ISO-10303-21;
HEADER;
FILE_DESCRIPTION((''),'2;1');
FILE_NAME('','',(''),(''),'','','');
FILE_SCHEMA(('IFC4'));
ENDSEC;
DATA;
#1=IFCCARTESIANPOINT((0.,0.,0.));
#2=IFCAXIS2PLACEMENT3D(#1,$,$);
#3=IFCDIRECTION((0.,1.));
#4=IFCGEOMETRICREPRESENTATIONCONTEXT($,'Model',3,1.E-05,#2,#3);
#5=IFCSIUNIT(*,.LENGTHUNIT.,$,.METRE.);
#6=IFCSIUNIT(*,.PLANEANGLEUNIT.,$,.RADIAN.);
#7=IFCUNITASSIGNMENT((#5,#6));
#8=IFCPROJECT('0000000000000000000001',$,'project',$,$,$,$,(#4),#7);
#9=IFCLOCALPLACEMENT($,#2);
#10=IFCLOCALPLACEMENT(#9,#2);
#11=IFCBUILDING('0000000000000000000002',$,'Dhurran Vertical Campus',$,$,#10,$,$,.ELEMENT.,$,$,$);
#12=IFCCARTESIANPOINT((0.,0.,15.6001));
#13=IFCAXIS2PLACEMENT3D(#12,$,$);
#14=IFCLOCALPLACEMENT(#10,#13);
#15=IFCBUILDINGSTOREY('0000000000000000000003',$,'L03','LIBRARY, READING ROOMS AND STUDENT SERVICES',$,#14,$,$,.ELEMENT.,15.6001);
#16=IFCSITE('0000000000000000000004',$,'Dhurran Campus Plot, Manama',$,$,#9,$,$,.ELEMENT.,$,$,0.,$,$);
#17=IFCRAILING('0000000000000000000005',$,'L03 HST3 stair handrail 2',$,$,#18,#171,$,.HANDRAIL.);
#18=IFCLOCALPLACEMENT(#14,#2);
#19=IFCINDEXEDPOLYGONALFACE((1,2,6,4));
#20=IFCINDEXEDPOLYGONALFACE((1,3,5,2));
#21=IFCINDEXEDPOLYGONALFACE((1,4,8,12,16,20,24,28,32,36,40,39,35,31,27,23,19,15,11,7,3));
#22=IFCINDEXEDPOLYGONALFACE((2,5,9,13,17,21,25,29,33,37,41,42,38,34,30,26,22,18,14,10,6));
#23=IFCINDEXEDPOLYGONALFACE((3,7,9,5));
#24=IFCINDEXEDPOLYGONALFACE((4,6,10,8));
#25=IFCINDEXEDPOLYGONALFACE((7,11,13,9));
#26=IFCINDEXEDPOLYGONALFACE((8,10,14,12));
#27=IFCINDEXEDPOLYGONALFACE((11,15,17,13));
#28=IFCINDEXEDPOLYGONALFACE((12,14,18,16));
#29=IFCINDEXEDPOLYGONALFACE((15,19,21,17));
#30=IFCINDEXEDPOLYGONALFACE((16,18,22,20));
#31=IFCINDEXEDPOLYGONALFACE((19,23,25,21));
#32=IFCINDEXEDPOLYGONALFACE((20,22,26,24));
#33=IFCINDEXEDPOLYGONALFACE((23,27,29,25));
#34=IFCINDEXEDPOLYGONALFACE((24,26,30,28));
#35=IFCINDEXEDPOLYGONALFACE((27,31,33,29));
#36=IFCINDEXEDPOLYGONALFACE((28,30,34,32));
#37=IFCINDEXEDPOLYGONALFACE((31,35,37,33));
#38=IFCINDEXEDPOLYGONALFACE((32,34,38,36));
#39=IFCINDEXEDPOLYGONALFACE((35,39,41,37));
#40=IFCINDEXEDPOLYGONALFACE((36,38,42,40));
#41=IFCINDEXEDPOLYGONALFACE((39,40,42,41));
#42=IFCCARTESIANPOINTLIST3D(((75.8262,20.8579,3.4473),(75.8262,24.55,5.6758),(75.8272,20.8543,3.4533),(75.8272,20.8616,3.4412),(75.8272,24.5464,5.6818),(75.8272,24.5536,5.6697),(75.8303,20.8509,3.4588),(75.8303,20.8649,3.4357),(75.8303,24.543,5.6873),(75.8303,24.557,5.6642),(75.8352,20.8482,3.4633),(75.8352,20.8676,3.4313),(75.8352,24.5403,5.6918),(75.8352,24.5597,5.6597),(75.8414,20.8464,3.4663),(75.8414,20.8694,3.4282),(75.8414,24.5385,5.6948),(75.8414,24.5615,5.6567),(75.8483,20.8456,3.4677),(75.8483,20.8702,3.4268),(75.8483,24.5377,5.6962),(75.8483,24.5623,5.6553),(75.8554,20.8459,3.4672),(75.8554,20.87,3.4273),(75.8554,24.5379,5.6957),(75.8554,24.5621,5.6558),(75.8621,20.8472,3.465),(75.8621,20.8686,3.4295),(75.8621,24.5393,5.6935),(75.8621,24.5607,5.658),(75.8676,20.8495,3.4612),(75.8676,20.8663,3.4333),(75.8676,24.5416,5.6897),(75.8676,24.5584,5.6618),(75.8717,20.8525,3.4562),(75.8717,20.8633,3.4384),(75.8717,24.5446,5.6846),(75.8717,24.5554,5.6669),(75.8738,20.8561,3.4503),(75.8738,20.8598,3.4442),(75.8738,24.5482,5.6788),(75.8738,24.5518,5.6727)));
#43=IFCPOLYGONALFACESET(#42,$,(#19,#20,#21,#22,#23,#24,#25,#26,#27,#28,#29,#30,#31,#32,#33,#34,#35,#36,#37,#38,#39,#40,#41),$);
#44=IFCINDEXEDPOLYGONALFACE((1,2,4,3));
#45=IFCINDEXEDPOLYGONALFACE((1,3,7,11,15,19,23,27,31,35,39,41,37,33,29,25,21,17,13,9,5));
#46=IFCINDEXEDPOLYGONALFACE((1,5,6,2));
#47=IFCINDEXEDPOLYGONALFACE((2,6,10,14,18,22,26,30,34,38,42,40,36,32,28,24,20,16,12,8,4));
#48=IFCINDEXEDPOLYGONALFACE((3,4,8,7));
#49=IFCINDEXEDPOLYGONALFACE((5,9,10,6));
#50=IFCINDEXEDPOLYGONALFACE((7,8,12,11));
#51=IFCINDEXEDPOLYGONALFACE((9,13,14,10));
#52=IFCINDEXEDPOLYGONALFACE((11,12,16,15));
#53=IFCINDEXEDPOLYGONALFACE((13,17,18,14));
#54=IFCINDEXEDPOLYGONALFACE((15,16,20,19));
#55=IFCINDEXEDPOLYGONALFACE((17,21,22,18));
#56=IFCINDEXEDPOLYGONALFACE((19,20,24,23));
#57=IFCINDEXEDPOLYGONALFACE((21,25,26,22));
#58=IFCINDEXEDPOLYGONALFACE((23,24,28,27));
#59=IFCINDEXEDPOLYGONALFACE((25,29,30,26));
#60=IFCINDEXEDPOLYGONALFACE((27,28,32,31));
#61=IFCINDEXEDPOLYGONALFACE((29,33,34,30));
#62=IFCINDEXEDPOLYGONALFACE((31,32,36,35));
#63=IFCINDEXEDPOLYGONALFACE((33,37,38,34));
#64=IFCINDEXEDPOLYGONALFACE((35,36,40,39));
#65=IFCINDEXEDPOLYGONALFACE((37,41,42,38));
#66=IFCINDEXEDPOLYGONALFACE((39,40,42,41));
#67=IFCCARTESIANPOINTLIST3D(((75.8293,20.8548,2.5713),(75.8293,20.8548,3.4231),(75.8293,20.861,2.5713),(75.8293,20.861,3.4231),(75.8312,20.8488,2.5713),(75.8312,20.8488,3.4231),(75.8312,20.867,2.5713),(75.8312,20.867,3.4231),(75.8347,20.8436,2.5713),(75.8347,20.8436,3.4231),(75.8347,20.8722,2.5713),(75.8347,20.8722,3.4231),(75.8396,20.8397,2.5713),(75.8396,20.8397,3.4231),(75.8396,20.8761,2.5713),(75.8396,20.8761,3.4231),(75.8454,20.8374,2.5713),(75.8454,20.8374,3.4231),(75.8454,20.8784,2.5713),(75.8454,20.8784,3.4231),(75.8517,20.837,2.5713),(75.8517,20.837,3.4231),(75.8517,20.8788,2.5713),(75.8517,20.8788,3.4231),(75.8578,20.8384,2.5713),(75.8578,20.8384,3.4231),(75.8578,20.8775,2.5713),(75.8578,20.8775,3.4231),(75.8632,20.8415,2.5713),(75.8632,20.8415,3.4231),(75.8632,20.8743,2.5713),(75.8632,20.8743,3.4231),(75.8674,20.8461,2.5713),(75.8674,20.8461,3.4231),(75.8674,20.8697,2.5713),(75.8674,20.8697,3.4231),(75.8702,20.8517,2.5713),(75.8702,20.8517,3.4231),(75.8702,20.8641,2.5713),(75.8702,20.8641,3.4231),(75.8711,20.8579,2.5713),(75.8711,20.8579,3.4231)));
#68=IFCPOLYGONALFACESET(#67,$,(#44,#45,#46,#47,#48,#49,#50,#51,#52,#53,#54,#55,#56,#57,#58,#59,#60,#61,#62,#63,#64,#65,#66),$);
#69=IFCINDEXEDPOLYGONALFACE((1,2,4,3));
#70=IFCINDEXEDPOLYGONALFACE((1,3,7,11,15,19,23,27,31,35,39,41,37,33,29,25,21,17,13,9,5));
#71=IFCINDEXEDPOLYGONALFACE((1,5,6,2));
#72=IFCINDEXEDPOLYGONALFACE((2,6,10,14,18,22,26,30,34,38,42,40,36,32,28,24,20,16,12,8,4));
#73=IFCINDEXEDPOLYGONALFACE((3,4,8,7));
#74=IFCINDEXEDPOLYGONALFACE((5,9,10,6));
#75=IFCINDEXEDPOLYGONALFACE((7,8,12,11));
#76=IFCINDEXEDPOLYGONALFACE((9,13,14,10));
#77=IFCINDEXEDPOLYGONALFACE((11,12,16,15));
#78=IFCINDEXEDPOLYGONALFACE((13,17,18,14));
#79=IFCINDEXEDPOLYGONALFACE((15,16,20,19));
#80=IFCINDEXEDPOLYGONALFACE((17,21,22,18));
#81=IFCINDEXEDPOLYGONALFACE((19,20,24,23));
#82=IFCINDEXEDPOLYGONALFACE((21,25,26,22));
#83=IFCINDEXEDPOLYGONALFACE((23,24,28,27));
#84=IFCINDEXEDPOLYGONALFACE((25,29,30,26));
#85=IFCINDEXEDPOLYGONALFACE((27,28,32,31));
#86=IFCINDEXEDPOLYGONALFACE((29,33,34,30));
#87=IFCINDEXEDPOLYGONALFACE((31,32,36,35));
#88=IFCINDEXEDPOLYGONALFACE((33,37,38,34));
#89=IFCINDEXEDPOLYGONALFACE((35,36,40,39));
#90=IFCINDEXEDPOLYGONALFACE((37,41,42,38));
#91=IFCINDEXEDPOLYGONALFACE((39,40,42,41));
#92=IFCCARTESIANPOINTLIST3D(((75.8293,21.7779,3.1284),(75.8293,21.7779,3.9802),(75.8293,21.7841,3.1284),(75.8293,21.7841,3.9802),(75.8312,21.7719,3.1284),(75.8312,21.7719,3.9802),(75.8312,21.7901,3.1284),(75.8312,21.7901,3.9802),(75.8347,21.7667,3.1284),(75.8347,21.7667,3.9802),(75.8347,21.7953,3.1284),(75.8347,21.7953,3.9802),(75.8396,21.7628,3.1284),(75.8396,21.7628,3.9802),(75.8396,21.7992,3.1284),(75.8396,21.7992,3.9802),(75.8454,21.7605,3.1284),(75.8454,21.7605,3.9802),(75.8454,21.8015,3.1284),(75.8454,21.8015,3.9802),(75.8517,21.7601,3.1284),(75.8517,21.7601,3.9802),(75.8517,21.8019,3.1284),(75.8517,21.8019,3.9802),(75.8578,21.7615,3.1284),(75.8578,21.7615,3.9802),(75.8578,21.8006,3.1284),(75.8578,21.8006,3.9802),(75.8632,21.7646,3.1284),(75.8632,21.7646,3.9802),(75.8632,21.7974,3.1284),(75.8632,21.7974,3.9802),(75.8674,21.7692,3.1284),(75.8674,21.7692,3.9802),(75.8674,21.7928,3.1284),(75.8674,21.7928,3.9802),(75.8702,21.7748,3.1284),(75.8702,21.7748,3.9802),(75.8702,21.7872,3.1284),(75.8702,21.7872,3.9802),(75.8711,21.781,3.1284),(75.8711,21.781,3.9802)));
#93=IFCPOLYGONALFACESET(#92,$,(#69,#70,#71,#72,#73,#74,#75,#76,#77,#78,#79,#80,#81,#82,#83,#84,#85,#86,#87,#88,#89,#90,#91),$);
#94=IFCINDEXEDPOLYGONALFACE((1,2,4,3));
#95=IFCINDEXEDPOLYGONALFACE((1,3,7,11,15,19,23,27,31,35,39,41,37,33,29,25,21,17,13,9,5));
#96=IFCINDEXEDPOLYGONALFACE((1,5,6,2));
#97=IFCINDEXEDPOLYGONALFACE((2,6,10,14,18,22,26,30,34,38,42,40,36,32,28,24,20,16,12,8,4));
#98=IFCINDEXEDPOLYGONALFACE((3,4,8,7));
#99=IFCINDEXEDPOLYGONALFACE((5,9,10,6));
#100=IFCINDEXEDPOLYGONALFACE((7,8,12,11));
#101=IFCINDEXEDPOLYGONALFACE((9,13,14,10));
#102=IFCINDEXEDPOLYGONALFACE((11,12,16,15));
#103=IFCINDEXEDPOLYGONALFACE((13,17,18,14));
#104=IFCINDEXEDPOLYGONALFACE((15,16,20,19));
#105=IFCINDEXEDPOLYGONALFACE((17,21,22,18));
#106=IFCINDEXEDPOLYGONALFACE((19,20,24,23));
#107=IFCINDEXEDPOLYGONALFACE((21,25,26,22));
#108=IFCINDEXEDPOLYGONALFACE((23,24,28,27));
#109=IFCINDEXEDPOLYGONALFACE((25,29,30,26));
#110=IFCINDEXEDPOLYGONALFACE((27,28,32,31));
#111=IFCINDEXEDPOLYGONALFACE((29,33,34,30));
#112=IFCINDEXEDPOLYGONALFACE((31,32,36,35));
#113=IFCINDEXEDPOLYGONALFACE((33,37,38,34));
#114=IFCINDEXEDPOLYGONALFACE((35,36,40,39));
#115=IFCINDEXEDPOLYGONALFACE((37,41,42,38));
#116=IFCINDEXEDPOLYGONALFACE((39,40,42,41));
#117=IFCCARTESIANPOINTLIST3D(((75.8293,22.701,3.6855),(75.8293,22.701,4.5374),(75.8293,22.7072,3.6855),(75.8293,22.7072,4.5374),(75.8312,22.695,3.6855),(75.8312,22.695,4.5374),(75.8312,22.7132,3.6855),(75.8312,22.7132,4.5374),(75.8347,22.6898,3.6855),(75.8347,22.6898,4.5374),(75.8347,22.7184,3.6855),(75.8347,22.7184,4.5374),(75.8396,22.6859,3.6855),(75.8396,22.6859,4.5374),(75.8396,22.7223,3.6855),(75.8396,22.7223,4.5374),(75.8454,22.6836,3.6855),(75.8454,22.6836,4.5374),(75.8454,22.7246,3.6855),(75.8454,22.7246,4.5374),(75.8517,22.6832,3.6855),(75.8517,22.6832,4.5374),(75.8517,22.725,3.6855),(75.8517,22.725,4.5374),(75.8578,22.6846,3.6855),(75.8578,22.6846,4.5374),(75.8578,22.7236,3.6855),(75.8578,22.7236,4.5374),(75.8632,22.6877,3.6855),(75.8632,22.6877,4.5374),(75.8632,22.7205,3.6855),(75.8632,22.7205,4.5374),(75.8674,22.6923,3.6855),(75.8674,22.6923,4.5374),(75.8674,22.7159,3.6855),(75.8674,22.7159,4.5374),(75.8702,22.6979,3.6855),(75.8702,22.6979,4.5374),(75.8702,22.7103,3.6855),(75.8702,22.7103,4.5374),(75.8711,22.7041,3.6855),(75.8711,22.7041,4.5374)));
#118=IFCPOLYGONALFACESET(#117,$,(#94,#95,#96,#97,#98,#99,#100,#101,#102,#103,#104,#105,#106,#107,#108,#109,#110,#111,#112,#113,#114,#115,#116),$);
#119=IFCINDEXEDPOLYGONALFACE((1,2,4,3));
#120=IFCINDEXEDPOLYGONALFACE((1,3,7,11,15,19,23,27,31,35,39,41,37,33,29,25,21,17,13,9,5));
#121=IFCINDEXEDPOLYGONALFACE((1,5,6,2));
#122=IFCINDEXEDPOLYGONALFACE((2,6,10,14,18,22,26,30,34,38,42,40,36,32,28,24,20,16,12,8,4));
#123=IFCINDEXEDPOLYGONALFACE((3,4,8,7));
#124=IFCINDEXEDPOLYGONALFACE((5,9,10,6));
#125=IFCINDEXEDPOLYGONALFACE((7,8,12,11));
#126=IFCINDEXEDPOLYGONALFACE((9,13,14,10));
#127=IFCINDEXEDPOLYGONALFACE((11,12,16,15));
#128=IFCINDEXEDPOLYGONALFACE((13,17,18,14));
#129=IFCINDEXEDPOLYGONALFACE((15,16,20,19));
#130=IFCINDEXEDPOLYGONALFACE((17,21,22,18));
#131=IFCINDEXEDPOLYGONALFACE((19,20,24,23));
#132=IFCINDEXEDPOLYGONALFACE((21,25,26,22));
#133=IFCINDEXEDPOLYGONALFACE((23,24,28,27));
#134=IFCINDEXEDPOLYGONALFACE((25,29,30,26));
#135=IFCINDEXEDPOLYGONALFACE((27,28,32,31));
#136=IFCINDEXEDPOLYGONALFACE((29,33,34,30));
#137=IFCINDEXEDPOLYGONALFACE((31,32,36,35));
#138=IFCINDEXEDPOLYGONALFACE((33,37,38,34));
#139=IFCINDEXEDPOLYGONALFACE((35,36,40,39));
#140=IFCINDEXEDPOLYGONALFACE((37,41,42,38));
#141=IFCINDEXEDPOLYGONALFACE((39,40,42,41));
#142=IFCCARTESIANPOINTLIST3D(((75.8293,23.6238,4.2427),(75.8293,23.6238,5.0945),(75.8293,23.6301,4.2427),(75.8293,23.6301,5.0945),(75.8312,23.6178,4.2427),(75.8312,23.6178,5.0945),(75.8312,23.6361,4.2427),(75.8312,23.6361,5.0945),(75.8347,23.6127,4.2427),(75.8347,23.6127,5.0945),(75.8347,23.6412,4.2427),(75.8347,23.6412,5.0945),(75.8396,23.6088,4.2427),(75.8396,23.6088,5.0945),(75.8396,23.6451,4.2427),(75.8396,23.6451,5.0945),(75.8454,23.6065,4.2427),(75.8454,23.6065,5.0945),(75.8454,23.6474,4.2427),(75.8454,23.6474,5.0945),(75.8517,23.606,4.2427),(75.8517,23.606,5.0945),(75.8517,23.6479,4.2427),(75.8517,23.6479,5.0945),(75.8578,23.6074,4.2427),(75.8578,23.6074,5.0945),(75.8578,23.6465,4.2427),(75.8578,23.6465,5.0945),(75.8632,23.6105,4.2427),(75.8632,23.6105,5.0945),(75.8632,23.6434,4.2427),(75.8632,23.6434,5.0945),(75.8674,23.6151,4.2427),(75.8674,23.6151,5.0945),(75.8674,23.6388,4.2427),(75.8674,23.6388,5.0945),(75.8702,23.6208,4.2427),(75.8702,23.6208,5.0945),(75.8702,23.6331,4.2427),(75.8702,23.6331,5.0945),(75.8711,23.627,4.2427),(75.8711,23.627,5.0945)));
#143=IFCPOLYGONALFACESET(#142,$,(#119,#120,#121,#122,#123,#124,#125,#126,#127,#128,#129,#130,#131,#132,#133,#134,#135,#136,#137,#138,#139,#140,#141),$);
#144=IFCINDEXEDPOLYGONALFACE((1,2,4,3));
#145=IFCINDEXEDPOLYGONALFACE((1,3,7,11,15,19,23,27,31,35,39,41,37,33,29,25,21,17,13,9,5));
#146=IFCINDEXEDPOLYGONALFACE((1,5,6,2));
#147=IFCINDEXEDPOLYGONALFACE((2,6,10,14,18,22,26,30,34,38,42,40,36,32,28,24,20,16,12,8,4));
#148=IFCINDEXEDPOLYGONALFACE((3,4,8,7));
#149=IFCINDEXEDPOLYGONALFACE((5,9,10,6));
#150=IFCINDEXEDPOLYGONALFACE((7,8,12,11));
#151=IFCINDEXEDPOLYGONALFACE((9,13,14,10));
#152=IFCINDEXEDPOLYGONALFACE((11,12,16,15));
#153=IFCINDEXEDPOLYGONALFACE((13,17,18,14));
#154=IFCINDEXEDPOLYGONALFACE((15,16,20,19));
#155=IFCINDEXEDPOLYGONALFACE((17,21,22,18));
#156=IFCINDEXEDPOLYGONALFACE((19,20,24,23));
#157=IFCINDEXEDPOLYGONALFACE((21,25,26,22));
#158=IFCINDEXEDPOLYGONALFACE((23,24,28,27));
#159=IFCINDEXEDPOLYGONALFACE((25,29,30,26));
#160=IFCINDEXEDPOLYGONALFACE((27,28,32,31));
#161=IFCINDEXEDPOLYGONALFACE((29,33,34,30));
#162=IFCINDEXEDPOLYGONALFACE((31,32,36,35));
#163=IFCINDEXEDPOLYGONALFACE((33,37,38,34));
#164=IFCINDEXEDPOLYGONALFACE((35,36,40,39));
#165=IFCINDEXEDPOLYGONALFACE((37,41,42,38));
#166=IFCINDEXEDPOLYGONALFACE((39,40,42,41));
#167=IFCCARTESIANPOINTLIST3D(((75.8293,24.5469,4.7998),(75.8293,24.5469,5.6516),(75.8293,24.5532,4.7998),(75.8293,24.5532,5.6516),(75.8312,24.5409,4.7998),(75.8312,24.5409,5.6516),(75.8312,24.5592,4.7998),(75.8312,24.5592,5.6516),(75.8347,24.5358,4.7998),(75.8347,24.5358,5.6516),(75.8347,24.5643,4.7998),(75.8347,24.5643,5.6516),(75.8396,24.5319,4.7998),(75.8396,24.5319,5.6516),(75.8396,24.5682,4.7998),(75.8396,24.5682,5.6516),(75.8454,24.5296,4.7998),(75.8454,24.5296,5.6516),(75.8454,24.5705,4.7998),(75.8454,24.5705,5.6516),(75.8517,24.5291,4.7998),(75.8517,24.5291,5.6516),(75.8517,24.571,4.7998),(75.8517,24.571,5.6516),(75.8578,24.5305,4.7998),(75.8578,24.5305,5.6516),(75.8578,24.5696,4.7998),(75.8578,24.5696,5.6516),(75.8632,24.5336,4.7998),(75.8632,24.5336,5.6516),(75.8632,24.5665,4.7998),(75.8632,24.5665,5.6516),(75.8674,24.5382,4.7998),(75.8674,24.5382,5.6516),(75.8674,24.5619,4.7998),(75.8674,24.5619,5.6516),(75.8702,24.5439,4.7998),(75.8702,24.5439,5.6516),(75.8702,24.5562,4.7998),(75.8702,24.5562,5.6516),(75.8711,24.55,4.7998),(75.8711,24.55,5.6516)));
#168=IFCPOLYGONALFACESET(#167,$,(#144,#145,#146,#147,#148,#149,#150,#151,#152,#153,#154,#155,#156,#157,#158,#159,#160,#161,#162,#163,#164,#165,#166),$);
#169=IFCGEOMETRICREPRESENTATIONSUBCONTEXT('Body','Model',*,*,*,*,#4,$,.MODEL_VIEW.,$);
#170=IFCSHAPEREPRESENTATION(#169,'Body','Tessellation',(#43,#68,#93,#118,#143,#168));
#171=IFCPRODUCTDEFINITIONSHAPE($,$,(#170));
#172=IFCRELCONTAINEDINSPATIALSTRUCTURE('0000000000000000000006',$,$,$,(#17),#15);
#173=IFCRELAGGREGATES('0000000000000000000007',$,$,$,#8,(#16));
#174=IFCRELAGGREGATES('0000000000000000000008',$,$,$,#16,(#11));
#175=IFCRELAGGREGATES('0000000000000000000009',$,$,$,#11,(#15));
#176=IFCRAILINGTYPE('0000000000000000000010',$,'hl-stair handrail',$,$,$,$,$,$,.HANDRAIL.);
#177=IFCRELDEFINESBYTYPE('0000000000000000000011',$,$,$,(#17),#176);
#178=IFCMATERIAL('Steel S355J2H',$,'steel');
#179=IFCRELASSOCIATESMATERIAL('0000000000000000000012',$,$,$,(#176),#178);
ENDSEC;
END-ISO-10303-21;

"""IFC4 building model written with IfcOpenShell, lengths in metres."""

from ifc_helpers import new_model, si_unit, direction, frame, origin, origin_2d, place, context, subcontext, project, spatial, circle, extrude, material, type_object, element, save


model = new_model("IFC4")

# Units and contexts
model_context = context("Model", 3, precision=1e-05, world=origin(), true_north=direction((0.0, 1.0)))
body_context = subcontext(model_context, "Body", "Model", "MODEL_VIEW")
ifc_project = project(units=[si_unit("LENGTHUNIT", "METRE"), si_unit("PLANEANGLEUNIT", "RADIAN")], contexts=[model_context])

# Site, building, storey
site_placement = place(None, origin())
site = spatial("IfcSite", under=ifc_project, at=site_placement, Name="Dhurran Campus Plot, Manama", CompositionType="ELEMENT", RefElevation=0.0)
building_placement = place(site_placement, origin())
building = spatial("IfcBuilding", under=site, at=building_placement, Name="Dhurran Vertical Campus", CompositionType="ELEMENT")
storey_placement = place(building_placement, frame((0.0, 0.0, 15.6001)))
storey = spatial("IfcBuildingStorey", under=building, at=storey_placement, Name="L03", Description="LIBRARY, READING ROOMS AND STUDENT SERVICES", CompositionType="ELEMENT", Elevation=15.6001)

# Railing
ifc_material_1 = material(Name="Steel S355J2H", Category="steel")
railing_type_1 = type_object("IfcRailingType", Name="hl-stair handrail", PredefinedType="HANDRAIL", material=ifc_material_1)
railing_1_placement = place(storey_placement, frame((75.8501, 20.8579, 2.5713)))
element("IfcRailing", 1, at=railing_1_placement, inside=storey, type_object=railing_type_1, Name="L03 HST3 stair handrail 2", PredefinedType="HANDRAIL", context=body_context, shape_type="SweptSolid", body=[
    extrude(circle(Radius=0.0239, at=origin_2d()), frame((0.0, 0.0, 0.876), z_axis=(0.0, 0.856136, 0.51675), x_axis=(-1.0, 0.0, 0.0)), (0.0, 0.0, 1.0), 4.3125),
    extrude(circle(Radius=0.021, at=origin_2d()), origin(), (0.0, 0.0, 1.0), 0.8518),
    extrude(circle(Radius=0.021, at=origin_2d()), frame((0.0, 0.9231, 0.5571)), (0.0, 0.0, 1.0), 0.8518),
    extrude(circle(Radius=0.021, at=origin_2d()), frame((0.0, 1.8462, 1.1143)), (0.0, 0.0, 1.0), 0.8518),
    extrude(circle(Radius=0.021, at=origin_2d()), frame((0.0, 2.769, 1.6714)), (0.0, 0.0, 1.0), 0.8518),
    extrude(circle(Radius=0.021, at=origin_2d()), frame((0.0, 3.6921, 2.2285)), (0.0, 0.0, 1.0), 0.8518),
])

save(model, "model.ifc")
